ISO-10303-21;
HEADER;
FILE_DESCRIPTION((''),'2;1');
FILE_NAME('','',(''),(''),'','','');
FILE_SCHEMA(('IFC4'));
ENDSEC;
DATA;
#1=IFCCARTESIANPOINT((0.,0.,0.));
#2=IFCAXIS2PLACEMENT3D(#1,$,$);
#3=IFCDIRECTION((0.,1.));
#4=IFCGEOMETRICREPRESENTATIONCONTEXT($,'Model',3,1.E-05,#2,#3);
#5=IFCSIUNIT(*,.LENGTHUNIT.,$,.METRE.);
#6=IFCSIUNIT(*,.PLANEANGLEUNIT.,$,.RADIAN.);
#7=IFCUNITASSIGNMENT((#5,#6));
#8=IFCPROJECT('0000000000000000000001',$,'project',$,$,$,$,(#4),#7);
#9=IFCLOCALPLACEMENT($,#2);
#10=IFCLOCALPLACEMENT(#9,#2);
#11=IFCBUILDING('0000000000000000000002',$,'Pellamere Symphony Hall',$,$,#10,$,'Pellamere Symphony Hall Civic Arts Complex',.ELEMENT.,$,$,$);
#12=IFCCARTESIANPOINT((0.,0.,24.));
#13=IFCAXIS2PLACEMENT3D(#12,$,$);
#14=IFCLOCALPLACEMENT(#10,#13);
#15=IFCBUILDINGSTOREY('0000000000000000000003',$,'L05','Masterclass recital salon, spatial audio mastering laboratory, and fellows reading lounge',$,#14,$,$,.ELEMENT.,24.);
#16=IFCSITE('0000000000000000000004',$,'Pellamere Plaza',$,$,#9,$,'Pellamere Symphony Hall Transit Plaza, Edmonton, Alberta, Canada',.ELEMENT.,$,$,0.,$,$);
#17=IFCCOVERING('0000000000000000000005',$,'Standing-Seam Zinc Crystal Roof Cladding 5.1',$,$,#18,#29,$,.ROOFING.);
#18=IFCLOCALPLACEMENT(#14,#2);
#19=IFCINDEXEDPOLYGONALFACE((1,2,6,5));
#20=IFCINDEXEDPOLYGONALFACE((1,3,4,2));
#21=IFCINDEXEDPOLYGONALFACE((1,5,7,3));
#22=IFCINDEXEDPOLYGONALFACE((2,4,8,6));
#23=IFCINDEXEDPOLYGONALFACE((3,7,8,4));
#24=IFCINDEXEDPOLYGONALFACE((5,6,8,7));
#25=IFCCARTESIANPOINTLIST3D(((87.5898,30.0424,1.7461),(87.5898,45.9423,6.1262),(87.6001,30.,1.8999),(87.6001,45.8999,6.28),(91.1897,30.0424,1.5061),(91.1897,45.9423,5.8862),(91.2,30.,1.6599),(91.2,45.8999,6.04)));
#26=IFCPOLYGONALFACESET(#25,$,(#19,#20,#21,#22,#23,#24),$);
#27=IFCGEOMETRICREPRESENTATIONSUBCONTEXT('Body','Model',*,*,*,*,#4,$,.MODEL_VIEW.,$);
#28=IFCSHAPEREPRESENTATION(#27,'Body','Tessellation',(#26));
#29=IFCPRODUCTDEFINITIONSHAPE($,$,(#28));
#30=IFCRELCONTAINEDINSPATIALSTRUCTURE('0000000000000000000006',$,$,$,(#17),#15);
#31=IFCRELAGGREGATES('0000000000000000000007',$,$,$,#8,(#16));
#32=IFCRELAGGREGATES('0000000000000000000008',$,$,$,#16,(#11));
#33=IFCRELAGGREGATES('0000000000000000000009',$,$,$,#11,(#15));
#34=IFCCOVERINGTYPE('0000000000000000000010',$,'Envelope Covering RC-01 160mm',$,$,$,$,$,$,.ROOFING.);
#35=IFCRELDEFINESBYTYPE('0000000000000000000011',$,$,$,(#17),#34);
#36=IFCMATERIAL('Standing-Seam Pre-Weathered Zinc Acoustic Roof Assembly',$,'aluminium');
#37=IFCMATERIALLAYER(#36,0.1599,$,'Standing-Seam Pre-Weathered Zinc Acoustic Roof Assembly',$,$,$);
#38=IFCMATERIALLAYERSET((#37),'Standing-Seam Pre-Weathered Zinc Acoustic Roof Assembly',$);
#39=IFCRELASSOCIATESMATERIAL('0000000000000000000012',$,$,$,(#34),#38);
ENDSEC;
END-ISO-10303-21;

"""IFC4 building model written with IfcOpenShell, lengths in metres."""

from ifc_helpers import new_model, si_unit, direction, frame, origin, place, context, subcontext, project, spatial, polyline, outline, extrude, material, layer, layer_set, type_object, element, save


model = new_model("IFC4")

# Units and contexts
model_context = context("Model", 3, precision=1e-05, world=origin(), true_north=direction((0.0, 1.0)))
body_context = subcontext(model_context, "Body", "Model", "MODEL_VIEW")
ifc_project = project(units=[si_unit("LENGTHUNIT", "METRE"), si_unit("PLANEANGLEUNIT", "RADIAN")], contexts=[model_context])

# Site, building, storey
site_placement = place(None, origin())
site = spatial("IfcSite", under=ifc_project, at=site_placement, Name="Pellamere Plaza", LongName="Pellamere Symphony Hall Transit Plaza, Edmonton, Alberta, Canada", CompositionType="ELEMENT", RefElevation=0.0)
building_placement = place(site_placement, origin())
building = spatial("IfcBuilding", under=site, at=building_placement, Name="Pellamere Symphony Hall", LongName="Pellamere Symphony Hall Civic Arts Complex", CompositionType="ELEMENT")
storey_placement = place(building_placement, frame((0.0, 0.0, 24.0)))
storey = spatial("IfcBuildingStorey", under=building, at=storey_placement, Name="L05", Description="Masterclass recital salon, spatial audio mastering laboratory, and fellows reading lounge", CompositionType="ELEMENT", Elevation=24.0)

# Covering
ifc_material_1 = material(Name="Standing-Seam Pre-Weathered Zinc Acoustic Roof Assembly", Category="aluminium")
ifc_layer_1 = layer(ifc_material_1, 0.1599, Name="Standing-Seam Pre-Weathered Zinc Acoustic Roof Assembly")
ifc_layer_set_1 = layer_set([ifc_layer_1], Name="Standing-Seam Pre-Weathered Zinc Acoustic Roof Assembly")
covering_type = type_object("IfcCoveringType", Name="Envelope Covering RC-01 160mm", PredefinedType="ROOFING", material=ifc_layer_set_1)
covering_1_placement = place(storey_placement, frame((87.6001, 30.0, 1.8999), z_axis=(0.06414, -0.265041, 0.962101), x_axis=(0.997785, 0.0, -0.066519)))
element("IfcCovering", 1, at=covering_1_placement, inside=storey, type_object=covering_type, Name="Standing-Seam Zinc Crystal Roof Cladding 5.1", PredefinedType="ROOFING", context=body_context, shape_type="SweptSolid", body=[
    extrude(outline(polyline([(0.0, 0.0), (3.6078, 0.0), (3.3165, 16.4896), (-0.2914, 16.4896), (0.0, 0.0)])), origin(), (0.0, 0.0, -1.0), 0.1599),
])

save(model, "model.ifc")
